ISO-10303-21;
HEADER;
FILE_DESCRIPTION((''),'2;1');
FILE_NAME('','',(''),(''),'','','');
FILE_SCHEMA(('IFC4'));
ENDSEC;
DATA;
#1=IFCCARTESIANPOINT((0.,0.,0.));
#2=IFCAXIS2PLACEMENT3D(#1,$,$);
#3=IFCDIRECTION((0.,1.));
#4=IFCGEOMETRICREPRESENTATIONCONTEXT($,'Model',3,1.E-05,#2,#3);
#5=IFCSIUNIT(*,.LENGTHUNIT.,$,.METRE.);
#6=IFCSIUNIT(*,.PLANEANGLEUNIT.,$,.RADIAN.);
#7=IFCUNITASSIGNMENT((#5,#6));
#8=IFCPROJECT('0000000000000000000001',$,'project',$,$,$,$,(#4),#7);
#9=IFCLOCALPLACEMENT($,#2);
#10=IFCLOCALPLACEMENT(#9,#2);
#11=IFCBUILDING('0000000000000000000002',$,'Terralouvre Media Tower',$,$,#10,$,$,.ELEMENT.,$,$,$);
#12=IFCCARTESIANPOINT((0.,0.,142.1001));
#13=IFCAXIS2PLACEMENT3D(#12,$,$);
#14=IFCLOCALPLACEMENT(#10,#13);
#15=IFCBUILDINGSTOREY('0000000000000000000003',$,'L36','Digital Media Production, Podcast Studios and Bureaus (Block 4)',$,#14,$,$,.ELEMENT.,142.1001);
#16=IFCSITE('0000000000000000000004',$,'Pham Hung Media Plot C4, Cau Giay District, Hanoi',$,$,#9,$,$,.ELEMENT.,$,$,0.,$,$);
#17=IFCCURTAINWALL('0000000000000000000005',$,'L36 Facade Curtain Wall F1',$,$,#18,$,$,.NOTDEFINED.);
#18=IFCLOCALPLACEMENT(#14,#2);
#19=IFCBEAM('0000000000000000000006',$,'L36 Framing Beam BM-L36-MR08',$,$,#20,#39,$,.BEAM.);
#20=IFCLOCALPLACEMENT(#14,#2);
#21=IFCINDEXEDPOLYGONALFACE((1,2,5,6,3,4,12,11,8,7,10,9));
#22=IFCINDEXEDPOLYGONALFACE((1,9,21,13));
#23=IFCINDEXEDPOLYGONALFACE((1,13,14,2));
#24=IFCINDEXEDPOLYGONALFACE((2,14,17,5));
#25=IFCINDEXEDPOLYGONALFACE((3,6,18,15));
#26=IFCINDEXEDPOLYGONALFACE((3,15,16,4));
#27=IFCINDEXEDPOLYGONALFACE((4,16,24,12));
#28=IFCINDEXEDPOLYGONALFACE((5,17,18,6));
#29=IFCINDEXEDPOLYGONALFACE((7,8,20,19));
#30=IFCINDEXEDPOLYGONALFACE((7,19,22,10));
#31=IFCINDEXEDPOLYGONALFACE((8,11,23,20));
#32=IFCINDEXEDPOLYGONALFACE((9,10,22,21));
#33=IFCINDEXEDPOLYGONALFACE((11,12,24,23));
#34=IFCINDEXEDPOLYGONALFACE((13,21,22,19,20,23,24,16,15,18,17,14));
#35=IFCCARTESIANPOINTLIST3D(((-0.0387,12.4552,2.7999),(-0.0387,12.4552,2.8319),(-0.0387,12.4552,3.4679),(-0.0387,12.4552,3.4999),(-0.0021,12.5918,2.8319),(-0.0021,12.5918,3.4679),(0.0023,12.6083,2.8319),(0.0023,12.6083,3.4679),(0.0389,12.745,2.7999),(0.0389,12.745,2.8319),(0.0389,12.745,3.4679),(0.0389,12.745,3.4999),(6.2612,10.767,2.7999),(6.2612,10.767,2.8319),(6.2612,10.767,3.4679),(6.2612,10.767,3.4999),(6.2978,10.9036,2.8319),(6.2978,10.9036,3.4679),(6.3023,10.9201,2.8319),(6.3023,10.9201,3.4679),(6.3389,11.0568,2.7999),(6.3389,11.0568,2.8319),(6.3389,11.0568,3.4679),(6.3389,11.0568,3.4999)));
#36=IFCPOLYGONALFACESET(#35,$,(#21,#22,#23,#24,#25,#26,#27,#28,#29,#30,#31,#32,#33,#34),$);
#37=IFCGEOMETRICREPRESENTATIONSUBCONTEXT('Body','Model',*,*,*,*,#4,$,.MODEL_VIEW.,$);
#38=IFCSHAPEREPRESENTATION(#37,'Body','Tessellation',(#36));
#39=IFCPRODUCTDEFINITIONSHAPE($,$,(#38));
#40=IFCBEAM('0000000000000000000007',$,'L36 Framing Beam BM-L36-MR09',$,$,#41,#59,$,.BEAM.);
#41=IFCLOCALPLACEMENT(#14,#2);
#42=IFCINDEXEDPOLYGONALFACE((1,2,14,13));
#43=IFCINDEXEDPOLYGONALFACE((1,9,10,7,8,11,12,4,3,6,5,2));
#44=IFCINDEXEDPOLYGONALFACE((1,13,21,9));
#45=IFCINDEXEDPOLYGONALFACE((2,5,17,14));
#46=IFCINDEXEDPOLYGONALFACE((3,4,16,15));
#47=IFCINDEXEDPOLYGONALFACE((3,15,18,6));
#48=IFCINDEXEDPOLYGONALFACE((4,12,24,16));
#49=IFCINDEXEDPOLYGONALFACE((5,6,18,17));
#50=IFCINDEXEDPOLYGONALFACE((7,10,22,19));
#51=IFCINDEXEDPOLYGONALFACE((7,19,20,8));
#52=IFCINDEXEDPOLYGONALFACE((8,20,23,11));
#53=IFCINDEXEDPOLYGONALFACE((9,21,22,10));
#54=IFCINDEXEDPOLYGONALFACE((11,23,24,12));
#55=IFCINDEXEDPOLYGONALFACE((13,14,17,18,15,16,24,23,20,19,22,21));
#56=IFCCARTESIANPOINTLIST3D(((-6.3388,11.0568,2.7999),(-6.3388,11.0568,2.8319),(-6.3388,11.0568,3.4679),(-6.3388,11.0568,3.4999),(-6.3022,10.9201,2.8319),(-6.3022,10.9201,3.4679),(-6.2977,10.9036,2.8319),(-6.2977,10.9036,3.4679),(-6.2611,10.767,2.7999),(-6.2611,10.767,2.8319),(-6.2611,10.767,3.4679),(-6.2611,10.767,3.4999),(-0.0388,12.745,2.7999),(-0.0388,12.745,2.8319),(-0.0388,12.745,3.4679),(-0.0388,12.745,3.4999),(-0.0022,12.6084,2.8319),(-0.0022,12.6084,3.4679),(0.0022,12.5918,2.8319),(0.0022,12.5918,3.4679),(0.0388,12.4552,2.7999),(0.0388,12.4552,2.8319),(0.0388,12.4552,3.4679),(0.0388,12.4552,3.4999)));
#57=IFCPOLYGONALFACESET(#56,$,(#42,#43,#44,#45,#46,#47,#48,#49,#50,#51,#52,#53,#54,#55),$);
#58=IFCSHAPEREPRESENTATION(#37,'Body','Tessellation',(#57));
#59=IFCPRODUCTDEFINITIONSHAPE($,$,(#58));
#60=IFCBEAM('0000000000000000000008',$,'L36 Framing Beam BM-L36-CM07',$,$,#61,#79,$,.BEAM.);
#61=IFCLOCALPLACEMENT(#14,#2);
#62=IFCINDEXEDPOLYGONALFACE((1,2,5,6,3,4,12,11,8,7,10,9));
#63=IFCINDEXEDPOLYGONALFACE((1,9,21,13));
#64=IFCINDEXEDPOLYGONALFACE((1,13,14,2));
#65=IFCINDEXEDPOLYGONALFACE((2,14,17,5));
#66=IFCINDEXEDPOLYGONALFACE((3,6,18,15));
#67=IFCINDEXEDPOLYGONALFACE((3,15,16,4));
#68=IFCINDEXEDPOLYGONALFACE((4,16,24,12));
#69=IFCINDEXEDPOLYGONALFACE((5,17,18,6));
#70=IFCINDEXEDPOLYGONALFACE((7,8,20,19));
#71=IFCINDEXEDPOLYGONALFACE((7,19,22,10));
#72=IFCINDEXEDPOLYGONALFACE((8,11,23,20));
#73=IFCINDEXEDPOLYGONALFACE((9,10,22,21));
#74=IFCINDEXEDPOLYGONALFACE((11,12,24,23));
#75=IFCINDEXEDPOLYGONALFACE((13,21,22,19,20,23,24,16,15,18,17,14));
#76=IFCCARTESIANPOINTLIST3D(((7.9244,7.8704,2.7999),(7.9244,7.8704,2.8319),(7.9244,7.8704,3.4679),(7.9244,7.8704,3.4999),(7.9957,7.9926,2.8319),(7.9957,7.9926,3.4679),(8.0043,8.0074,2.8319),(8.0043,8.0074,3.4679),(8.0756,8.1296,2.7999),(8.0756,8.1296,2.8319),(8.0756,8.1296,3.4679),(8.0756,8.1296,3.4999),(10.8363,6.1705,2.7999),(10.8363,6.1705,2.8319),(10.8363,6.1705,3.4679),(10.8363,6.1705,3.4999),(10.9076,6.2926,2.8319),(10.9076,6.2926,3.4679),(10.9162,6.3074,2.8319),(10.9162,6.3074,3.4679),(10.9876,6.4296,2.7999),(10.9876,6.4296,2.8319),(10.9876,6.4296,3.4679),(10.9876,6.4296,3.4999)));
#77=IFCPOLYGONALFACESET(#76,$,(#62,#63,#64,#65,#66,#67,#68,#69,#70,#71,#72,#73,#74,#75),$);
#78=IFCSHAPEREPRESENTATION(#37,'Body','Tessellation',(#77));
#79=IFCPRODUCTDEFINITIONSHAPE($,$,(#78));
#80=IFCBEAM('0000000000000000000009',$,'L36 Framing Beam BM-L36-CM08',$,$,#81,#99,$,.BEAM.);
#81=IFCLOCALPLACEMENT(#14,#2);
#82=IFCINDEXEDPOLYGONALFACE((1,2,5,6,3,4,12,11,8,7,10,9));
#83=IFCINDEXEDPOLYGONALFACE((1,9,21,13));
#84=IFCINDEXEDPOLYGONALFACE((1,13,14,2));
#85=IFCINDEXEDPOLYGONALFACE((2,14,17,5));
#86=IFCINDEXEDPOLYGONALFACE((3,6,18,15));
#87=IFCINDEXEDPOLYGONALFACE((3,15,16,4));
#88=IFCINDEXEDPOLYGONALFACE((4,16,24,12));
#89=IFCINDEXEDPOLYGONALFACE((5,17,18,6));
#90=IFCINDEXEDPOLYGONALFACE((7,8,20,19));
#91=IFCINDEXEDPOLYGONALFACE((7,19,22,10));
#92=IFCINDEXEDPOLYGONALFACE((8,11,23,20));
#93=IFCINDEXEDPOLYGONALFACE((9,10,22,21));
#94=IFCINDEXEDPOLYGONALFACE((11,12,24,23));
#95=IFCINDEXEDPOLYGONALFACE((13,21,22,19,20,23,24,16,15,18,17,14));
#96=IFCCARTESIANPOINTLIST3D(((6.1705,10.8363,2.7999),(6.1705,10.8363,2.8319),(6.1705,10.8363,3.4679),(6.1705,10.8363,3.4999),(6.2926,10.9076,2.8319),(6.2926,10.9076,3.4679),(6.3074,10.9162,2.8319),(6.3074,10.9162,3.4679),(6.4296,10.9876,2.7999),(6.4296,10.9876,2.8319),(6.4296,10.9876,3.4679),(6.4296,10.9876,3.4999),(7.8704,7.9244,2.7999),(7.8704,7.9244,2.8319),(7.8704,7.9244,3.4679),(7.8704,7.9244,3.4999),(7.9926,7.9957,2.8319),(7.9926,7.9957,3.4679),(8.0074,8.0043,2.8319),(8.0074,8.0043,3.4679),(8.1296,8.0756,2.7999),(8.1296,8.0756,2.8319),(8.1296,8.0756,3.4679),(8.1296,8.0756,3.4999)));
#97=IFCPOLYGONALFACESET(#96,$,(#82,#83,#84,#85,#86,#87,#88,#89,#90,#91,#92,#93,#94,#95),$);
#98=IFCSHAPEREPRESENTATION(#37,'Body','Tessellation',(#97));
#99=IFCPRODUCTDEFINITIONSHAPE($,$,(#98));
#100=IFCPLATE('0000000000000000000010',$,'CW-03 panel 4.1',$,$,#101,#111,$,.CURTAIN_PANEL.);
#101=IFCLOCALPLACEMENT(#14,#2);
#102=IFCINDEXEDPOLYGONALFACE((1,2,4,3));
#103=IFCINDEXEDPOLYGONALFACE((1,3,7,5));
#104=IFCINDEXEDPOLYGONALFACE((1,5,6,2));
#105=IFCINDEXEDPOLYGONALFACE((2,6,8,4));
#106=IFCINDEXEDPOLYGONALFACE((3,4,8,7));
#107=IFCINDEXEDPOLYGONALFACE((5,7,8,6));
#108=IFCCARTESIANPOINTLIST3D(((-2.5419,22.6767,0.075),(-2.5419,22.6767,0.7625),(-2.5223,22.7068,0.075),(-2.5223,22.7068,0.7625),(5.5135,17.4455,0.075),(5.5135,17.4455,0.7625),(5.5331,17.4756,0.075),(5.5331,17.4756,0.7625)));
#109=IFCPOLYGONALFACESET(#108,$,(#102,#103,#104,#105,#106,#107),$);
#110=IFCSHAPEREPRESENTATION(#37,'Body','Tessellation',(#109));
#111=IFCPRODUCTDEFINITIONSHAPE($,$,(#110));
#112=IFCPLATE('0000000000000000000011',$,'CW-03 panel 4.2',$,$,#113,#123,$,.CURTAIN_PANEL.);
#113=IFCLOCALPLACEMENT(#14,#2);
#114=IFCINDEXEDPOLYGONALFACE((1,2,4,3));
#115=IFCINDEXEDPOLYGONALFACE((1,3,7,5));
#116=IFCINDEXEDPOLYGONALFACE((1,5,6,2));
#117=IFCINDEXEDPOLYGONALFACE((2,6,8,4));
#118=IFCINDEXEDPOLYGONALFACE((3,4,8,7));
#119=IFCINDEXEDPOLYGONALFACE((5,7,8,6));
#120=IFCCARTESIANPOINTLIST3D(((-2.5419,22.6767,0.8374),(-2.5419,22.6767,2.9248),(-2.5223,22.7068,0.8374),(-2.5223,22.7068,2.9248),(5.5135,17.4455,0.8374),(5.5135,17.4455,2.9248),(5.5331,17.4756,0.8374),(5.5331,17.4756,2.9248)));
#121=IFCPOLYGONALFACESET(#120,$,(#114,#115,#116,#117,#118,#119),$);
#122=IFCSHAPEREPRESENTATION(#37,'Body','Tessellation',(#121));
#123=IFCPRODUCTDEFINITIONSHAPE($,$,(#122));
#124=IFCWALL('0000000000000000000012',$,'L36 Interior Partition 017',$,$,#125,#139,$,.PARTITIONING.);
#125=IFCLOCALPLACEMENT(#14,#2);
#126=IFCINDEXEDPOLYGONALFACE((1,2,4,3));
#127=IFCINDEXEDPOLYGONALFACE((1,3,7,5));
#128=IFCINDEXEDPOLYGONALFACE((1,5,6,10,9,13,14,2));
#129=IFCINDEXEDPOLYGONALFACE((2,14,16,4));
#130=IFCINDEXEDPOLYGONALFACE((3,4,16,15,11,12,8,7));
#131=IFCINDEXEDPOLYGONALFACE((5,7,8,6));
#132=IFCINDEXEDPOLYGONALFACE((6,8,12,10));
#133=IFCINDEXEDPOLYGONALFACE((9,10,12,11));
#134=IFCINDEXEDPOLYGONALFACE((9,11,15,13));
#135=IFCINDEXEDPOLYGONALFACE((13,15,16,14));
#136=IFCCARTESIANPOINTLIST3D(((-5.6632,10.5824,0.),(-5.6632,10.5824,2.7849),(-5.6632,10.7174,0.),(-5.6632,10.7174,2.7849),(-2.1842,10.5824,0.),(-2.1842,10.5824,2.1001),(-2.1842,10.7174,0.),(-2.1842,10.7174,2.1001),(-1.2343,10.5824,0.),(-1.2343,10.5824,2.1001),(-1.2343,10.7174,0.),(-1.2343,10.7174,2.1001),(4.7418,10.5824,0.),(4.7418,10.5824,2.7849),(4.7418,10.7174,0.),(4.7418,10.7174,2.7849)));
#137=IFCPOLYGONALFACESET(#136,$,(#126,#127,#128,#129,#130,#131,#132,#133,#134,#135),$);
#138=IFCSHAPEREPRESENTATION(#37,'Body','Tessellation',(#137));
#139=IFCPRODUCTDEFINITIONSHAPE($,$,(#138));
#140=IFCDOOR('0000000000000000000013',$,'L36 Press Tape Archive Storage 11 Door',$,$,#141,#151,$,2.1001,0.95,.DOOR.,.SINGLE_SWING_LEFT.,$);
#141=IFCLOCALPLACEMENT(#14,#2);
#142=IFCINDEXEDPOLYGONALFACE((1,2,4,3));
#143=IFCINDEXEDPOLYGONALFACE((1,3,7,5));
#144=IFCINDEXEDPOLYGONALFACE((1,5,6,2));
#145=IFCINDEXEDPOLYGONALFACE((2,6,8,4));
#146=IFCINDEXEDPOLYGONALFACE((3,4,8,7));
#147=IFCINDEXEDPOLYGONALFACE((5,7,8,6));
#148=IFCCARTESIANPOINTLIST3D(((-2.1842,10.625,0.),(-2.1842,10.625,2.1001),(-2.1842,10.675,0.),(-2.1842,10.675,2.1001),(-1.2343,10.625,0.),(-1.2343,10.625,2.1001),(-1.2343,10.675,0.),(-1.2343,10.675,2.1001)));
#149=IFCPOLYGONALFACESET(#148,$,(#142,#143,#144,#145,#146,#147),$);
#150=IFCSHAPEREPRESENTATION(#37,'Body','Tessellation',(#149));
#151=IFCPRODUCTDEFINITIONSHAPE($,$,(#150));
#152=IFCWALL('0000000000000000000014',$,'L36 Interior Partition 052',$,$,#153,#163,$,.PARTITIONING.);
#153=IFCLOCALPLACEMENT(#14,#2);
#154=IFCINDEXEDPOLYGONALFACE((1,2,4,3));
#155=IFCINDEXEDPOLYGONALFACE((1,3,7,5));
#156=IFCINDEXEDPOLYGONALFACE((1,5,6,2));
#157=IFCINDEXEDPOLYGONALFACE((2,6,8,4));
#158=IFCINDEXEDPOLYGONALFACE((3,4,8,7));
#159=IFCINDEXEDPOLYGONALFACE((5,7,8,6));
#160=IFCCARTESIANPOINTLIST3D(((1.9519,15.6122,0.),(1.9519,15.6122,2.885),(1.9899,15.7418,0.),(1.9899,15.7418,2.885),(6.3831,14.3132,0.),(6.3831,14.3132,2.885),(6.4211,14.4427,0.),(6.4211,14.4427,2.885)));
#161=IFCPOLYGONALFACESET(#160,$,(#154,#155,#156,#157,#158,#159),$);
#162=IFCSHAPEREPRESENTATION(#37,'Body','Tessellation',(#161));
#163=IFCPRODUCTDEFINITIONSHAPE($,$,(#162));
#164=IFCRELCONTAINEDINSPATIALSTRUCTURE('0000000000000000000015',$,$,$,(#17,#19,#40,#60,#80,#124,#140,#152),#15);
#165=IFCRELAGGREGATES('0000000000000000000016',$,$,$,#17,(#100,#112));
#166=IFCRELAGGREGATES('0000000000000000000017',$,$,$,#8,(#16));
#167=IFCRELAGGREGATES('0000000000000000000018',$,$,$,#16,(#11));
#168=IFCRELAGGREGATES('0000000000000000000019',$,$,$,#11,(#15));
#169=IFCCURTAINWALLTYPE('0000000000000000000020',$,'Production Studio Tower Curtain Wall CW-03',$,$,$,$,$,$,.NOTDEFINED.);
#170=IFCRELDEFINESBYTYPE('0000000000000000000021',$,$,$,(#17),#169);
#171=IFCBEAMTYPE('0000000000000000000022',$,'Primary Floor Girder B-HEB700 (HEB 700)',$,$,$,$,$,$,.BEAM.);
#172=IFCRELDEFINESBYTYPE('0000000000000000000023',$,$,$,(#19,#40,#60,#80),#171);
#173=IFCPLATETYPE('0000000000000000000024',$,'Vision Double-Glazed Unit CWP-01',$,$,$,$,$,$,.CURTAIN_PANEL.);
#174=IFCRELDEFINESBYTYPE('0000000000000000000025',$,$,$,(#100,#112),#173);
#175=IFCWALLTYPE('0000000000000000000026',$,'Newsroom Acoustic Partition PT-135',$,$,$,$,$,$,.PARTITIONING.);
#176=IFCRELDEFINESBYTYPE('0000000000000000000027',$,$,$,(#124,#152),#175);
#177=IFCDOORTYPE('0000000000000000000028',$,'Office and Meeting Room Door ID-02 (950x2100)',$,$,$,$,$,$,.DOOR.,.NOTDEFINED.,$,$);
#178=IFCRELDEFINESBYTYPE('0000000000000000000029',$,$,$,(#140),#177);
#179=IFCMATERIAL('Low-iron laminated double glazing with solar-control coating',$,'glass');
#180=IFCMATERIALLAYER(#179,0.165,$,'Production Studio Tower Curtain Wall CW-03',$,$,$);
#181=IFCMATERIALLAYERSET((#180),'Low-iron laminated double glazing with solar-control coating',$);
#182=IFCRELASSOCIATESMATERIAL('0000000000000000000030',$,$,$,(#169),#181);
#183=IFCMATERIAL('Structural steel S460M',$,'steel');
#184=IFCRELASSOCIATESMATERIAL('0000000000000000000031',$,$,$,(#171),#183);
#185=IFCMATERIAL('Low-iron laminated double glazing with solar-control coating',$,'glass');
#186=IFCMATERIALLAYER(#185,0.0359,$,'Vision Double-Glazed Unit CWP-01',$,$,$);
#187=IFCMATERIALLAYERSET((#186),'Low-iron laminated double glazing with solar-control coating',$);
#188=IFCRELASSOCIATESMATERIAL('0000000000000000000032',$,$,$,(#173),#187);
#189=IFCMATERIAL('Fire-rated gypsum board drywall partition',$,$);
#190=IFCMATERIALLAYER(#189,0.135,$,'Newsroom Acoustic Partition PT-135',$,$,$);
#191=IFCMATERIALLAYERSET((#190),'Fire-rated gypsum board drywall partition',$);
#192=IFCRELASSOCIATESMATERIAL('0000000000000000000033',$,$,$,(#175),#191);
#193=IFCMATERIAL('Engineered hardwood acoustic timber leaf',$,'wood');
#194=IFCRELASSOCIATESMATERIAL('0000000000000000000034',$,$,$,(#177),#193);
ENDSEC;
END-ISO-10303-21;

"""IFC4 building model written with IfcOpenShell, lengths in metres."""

from ifc_helpers import new_model, si_unit, direction, frame, frame_2d, origin, origin_2d, place, context, subcontext, project, spatial, rectangle, i_section, extrude, material, layer, layer_set, material_profile, profile_set, type_object, element, fill, aggregate, save


model = new_model("IFC4")

# Units and contexts
model_context = context("Model", 3, precision=1e-05, world=origin(), true_north=direction((0.0, 1.0)))
body_context = subcontext(model_context, "Body", "Model", "MODEL_VIEW")
ifc_project = project(units=[si_unit("LENGTHUNIT", "METRE"), si_unit("PLANEANGLEUNIT", "RADIAN")], contexts=[model_context])

# Site, building, storey
site_placement = place(None, origin())
site = spatial("IfcSite", under=ifc_project, at=site_placement, Name="Pham Hung Media Plot C4, Cau Giay District, Hanoi", CompositionType="ELEMENT", RefElevation=0.0)
building_placement = place(site_placement, origin())
building = spatial("IfcBuilding", under=site, at=building_placement, Name="Terralouvre Media Tower", CompositionType="ELEMENT")
storey_placement = place(building_placement, frame((0.0, 0.0, 142.1001)))
storey = spatial("IfcBuildingStorey", under=building, at=storey_placement, Name="L36", Description="Digital Media Production, Podcast Studios and Bureaus (Block 4)", CompositionType="ELEMENT", Elevation=142.1001)

# Curtain wall
ifc_material_1 = material(Name="Low-iron laminated double glazing with solar-control coating", Category="glass")
ifc_layer_1 = layer(ifc_material_1, 0.165, Name="Production Studio Tower Curtain Wall CW-03")
ifc_layer_set_1 = layer_set([ifc_layer_1], Name="Low-iron laminated double glazing with solar-control coating")
curtain_wall_type = type_object("IfcCurtainWallType", Name="Production Studio Tower Curtain Wall CW-03", PredefinedType="NOTDEFINED", material=ifc_layer_set_1)
curtain_wall_placement = place(storey_placement, origin())
curtain_wall = element("IfcCurtainWall", 1, at=curtain_wall_placement, inside=storey, type_object=curtain_wall_type, Name="L36 Facade Curtain Wall F1", PredefinedType="NOTDEFINED")

# Beams
ifc_material_2 = material(Name="Structural steel S460M", Category="steel")
ifc_material_profile_1 = material_profile(ifc_material_2, i_section(OverallWidth=0.3, OverallDepth=0.7, WebThickness=0.0171, FlangeThickness=0.032, at=origin_2d()), Name="HEB 700")
ifc_profile_set_1 = profile_set([ifc_material_profile_1], Name="Structural steel S460M")
beam_type_1 = type_object("IfcBeamType", Name="Primary Floor Girder B-HEB700 (HEB 700)", PredefinedType="BEAM", material=ifc_profile_set_1)
for number, where, z_axis, x_axis, name in (
    (2, (6.3, 10.9119, 3.1499), (-0.96592, 0.258839, 0.0), (-0.258839, -0.96592, 0.0), "L36 Framing Beam BM-L36-MR08"),
    (3, (0.0, 12.6001, 3.1499), (-0.96592, -0.258839, 0.0), (0.258839, -0.96592, 0.0), "L36 Framing Beam BM-L36-MR09"),
):
    element("IfcBeam", number, at=place(storey_placement, frame(where, z_axis=z_axis, x_axis=x_axis)), inside=storey, type_object=beam_type_1, Name=name, PredefinedType="BEAM", context=body_context, shape_type="SweptSolid", body=[
        extrude(i_section(OverallWidth=0.3, OverallDepth=0.7, WebThickness=0.0171, FlangeThickness=0.032, at=origin_2d()), origin(), (0.0, 0.0, 1.0), 6.5222),
    ])
for number, where, z_axis, x_axis, name in (
    (4, (8.0, 8.0, 3.1499), (0.863603, -0.504173, 0.0), (0.504173, 0.863603, 0.0), "L36 Framing Beam BM-L36-CM07"),
    (5, (8.0, 8.0, 3.1499), (-0.504173, 0.863603, 0.0), (-0.863603, -0.504173, 0.0), "L36 Framing Beam BM-L36-CM08"),
):
    element("IfcBeam", number, at=place(storey_placement, frame(where, z_axis=z_axis, x_axis=x_axis)), inside=storey, type_object=beam_type_1, Name=name, PredefinedType="BEAM", context=body_context, shape_type="SweptSolid", body=[
        extrude(i_section(OverallWidth=0.3, OverallDepth=0.7, WebThickness=0.0171, FlangeThickness=0.032, at=origin_2d()), origin(), (0.0, 0.0, 1.0), 3.3718),
    ])

# Plates
ifc_material_3 = material(Name="Low-iron laminated double glazing with solar-control coating", Category="glass")
ifc_layer_2 = layer(ifc_material_3, 0.0359, Name="Vision Double-Glazed Unit CWP-01")
ifc_layer_set_2 = layer_set([ifc_layer_2], Name="Low-iron laminated double glazing with solar-control coating")
plate_type = type_object("IfcPlateType", Name="Vision Double-Glazed Unit CWP-01", PredefinedType="CURTAIN_PANEL", material=ifc_layer_set_2)
plate_1_placement = place(storey_placement, frame((1.4956, 20.0762, 0.075), z_axis=(0.0, 0.0, 1.0), x_axis=(-0.838671, 0.544639, 0.0)))
plate_1 = element("IfcPlate", 6, at=plate_1_placement, type_object=plate_type, Name="CW-03 panel 4.1", PredefinedType="CURTAIN_PANEL", context=body_context, shape_type="SweptSolid", body=[
    extrude(rectangle(XDim=9.605, YDim=0.0359, at=origin_2d()), origin(), (0.0, 0.0, 1.0), 0.6875),
])
plate_2_placement = place(storey_placement, frame((1.4956, 20.0762, 0.8374), z_axis=(0.0, 0.0, 1.0), x_axis=(-0.838671, 0.544639, 0.0)))
plate_2 = element("IfcPlate", 7, at=plate_2_placement, type_object=plate_type, Name="CW-03 panel 4.2", PredefinedType="CURTAIN_PANEL", context=body_context, shape_type="SweptSolid", body=[
    extrude(rectangle(XDim=9.605, YDim=0.0359, at=origin_2d()), origin(), (0.0, 0.0, 1.0), 2.0874),
])
aggregate(curtain_wall, [plate_1, plate_2])

# Wall, opening, door
ifc_material_4 = material(Name="Fire-rated gypsum board drywall partition")
ifc_layer_3 = layer(ifc_material_4, 0.135, Name="Newsroom Acoustic Partition PT-135")
ifc_layer_set_3 = layer_set([ifc_layer_3], Name="Fire-rated gypsum board drywall partition")
wall_type_1 = type_object("IfcWallType", Name="Newsroom Acoustic Partition PT-135", PredefinedType="PARTITIONING", material=ifc_layer_set_3)
wall_1_placement = place(storey_placement, frame((4.7419, 10.6499, 0.0), z_axis=(0.0, 0.0, 1.0), x_axis=(-1.0, 0.0, 0.0)))
wall_1 = element("IfcWall", 8, at=wall_1_placement, inside=storey, type_object=wall_type_1, Name="L36 Interior Partition 017", PredefinedType="PARTITIONING", context=body_context, shape_type="SweptSolid", body=[
    extrude(rectangle(XDim=10.405, YDim=0.135, at=frame_2d((5.2026, 0.0))), origin(), (0.0, 0.0, 1.0), 2.7849),
])
opening_1_placement = place(wall_1_placement, frame((5.9761, 0.0, 0.0)))
opening_1 = element("IfcOpeningElement", 9, at=opening_1_placement, cuts=wall_1, PredefinedType="OPENING", context=body_context, shape_type="SweptSolid", body=[
    extrude(rectangle(XDim=0.95, YDim=2.1001, at=frame_2d((0.4751, 1.05))), frame((0.0, 0.0774, 0.0), z_axis=(0.0, -1.0, 0.0), x_axis=(1.0, 0.0, 0.0)), (0.0, 0.0, 1.0), 0.155),
])
ifc_material_5 = material(Name="Engineered hardwood acoustic timber leaf", Category="wood")
door_type_1 = type_object("IfcDoorType", Name="Office and Meeting Room Door ID-02 (950x2100)", OperationType="NOTDEFINED", PredefinedType="DOOR", material=ifc_material_5)
door_1_placement = place(opening_1_placement, origin())
door_1 = element("IfcDoor", 10, at=door_1_placement, inside=storey, type_object=door_type_1, Name="L36 Press Tape Archive Storage 11 Door", OperationType="SINGLE_SWING_LEFT", OverallHeight=2.1001, OverallWidth=0.95, PredefinedType="DOOR", context=body_context, shape_type="SweptSolid", body=[
    extrude(rectangle(XDim=0.95, YDim=2.1001, at=frame_2d((0.4751, 1.05))), frame((0.0, 0.0249, 0.0), z_axis=(0.0, -1.0, 0.0), x_axis=(1.0, 0.0, 0.0)), (0.0, 0.0, 1.0), 0.05),
])
fill(opening_1, door_1)

# Wall
wall_2_placement = place(storey_placement, frame((6.4021, 14.3779, 0.0), z_axis=(0.0, 0.0, 1.0), x_axis=(-0.959612, 0.281328, 0.0)))
element("IfcWall", 11, at=wall_2_placement, inside=storey, type_object=wall_type_1, Name="L36 Interior Partition 052", PredefinedType="PARTITIONING", context=body_context, shape_type="SweptSolid", body=[
    extrude(rectangle(XDim=4.6177, YDim=0.135, at=frame_2d((2.3088, 0.0))), origin(), (0.0, 0.0, 1.0), 2.885),
])

save(model, "model.ifc")
